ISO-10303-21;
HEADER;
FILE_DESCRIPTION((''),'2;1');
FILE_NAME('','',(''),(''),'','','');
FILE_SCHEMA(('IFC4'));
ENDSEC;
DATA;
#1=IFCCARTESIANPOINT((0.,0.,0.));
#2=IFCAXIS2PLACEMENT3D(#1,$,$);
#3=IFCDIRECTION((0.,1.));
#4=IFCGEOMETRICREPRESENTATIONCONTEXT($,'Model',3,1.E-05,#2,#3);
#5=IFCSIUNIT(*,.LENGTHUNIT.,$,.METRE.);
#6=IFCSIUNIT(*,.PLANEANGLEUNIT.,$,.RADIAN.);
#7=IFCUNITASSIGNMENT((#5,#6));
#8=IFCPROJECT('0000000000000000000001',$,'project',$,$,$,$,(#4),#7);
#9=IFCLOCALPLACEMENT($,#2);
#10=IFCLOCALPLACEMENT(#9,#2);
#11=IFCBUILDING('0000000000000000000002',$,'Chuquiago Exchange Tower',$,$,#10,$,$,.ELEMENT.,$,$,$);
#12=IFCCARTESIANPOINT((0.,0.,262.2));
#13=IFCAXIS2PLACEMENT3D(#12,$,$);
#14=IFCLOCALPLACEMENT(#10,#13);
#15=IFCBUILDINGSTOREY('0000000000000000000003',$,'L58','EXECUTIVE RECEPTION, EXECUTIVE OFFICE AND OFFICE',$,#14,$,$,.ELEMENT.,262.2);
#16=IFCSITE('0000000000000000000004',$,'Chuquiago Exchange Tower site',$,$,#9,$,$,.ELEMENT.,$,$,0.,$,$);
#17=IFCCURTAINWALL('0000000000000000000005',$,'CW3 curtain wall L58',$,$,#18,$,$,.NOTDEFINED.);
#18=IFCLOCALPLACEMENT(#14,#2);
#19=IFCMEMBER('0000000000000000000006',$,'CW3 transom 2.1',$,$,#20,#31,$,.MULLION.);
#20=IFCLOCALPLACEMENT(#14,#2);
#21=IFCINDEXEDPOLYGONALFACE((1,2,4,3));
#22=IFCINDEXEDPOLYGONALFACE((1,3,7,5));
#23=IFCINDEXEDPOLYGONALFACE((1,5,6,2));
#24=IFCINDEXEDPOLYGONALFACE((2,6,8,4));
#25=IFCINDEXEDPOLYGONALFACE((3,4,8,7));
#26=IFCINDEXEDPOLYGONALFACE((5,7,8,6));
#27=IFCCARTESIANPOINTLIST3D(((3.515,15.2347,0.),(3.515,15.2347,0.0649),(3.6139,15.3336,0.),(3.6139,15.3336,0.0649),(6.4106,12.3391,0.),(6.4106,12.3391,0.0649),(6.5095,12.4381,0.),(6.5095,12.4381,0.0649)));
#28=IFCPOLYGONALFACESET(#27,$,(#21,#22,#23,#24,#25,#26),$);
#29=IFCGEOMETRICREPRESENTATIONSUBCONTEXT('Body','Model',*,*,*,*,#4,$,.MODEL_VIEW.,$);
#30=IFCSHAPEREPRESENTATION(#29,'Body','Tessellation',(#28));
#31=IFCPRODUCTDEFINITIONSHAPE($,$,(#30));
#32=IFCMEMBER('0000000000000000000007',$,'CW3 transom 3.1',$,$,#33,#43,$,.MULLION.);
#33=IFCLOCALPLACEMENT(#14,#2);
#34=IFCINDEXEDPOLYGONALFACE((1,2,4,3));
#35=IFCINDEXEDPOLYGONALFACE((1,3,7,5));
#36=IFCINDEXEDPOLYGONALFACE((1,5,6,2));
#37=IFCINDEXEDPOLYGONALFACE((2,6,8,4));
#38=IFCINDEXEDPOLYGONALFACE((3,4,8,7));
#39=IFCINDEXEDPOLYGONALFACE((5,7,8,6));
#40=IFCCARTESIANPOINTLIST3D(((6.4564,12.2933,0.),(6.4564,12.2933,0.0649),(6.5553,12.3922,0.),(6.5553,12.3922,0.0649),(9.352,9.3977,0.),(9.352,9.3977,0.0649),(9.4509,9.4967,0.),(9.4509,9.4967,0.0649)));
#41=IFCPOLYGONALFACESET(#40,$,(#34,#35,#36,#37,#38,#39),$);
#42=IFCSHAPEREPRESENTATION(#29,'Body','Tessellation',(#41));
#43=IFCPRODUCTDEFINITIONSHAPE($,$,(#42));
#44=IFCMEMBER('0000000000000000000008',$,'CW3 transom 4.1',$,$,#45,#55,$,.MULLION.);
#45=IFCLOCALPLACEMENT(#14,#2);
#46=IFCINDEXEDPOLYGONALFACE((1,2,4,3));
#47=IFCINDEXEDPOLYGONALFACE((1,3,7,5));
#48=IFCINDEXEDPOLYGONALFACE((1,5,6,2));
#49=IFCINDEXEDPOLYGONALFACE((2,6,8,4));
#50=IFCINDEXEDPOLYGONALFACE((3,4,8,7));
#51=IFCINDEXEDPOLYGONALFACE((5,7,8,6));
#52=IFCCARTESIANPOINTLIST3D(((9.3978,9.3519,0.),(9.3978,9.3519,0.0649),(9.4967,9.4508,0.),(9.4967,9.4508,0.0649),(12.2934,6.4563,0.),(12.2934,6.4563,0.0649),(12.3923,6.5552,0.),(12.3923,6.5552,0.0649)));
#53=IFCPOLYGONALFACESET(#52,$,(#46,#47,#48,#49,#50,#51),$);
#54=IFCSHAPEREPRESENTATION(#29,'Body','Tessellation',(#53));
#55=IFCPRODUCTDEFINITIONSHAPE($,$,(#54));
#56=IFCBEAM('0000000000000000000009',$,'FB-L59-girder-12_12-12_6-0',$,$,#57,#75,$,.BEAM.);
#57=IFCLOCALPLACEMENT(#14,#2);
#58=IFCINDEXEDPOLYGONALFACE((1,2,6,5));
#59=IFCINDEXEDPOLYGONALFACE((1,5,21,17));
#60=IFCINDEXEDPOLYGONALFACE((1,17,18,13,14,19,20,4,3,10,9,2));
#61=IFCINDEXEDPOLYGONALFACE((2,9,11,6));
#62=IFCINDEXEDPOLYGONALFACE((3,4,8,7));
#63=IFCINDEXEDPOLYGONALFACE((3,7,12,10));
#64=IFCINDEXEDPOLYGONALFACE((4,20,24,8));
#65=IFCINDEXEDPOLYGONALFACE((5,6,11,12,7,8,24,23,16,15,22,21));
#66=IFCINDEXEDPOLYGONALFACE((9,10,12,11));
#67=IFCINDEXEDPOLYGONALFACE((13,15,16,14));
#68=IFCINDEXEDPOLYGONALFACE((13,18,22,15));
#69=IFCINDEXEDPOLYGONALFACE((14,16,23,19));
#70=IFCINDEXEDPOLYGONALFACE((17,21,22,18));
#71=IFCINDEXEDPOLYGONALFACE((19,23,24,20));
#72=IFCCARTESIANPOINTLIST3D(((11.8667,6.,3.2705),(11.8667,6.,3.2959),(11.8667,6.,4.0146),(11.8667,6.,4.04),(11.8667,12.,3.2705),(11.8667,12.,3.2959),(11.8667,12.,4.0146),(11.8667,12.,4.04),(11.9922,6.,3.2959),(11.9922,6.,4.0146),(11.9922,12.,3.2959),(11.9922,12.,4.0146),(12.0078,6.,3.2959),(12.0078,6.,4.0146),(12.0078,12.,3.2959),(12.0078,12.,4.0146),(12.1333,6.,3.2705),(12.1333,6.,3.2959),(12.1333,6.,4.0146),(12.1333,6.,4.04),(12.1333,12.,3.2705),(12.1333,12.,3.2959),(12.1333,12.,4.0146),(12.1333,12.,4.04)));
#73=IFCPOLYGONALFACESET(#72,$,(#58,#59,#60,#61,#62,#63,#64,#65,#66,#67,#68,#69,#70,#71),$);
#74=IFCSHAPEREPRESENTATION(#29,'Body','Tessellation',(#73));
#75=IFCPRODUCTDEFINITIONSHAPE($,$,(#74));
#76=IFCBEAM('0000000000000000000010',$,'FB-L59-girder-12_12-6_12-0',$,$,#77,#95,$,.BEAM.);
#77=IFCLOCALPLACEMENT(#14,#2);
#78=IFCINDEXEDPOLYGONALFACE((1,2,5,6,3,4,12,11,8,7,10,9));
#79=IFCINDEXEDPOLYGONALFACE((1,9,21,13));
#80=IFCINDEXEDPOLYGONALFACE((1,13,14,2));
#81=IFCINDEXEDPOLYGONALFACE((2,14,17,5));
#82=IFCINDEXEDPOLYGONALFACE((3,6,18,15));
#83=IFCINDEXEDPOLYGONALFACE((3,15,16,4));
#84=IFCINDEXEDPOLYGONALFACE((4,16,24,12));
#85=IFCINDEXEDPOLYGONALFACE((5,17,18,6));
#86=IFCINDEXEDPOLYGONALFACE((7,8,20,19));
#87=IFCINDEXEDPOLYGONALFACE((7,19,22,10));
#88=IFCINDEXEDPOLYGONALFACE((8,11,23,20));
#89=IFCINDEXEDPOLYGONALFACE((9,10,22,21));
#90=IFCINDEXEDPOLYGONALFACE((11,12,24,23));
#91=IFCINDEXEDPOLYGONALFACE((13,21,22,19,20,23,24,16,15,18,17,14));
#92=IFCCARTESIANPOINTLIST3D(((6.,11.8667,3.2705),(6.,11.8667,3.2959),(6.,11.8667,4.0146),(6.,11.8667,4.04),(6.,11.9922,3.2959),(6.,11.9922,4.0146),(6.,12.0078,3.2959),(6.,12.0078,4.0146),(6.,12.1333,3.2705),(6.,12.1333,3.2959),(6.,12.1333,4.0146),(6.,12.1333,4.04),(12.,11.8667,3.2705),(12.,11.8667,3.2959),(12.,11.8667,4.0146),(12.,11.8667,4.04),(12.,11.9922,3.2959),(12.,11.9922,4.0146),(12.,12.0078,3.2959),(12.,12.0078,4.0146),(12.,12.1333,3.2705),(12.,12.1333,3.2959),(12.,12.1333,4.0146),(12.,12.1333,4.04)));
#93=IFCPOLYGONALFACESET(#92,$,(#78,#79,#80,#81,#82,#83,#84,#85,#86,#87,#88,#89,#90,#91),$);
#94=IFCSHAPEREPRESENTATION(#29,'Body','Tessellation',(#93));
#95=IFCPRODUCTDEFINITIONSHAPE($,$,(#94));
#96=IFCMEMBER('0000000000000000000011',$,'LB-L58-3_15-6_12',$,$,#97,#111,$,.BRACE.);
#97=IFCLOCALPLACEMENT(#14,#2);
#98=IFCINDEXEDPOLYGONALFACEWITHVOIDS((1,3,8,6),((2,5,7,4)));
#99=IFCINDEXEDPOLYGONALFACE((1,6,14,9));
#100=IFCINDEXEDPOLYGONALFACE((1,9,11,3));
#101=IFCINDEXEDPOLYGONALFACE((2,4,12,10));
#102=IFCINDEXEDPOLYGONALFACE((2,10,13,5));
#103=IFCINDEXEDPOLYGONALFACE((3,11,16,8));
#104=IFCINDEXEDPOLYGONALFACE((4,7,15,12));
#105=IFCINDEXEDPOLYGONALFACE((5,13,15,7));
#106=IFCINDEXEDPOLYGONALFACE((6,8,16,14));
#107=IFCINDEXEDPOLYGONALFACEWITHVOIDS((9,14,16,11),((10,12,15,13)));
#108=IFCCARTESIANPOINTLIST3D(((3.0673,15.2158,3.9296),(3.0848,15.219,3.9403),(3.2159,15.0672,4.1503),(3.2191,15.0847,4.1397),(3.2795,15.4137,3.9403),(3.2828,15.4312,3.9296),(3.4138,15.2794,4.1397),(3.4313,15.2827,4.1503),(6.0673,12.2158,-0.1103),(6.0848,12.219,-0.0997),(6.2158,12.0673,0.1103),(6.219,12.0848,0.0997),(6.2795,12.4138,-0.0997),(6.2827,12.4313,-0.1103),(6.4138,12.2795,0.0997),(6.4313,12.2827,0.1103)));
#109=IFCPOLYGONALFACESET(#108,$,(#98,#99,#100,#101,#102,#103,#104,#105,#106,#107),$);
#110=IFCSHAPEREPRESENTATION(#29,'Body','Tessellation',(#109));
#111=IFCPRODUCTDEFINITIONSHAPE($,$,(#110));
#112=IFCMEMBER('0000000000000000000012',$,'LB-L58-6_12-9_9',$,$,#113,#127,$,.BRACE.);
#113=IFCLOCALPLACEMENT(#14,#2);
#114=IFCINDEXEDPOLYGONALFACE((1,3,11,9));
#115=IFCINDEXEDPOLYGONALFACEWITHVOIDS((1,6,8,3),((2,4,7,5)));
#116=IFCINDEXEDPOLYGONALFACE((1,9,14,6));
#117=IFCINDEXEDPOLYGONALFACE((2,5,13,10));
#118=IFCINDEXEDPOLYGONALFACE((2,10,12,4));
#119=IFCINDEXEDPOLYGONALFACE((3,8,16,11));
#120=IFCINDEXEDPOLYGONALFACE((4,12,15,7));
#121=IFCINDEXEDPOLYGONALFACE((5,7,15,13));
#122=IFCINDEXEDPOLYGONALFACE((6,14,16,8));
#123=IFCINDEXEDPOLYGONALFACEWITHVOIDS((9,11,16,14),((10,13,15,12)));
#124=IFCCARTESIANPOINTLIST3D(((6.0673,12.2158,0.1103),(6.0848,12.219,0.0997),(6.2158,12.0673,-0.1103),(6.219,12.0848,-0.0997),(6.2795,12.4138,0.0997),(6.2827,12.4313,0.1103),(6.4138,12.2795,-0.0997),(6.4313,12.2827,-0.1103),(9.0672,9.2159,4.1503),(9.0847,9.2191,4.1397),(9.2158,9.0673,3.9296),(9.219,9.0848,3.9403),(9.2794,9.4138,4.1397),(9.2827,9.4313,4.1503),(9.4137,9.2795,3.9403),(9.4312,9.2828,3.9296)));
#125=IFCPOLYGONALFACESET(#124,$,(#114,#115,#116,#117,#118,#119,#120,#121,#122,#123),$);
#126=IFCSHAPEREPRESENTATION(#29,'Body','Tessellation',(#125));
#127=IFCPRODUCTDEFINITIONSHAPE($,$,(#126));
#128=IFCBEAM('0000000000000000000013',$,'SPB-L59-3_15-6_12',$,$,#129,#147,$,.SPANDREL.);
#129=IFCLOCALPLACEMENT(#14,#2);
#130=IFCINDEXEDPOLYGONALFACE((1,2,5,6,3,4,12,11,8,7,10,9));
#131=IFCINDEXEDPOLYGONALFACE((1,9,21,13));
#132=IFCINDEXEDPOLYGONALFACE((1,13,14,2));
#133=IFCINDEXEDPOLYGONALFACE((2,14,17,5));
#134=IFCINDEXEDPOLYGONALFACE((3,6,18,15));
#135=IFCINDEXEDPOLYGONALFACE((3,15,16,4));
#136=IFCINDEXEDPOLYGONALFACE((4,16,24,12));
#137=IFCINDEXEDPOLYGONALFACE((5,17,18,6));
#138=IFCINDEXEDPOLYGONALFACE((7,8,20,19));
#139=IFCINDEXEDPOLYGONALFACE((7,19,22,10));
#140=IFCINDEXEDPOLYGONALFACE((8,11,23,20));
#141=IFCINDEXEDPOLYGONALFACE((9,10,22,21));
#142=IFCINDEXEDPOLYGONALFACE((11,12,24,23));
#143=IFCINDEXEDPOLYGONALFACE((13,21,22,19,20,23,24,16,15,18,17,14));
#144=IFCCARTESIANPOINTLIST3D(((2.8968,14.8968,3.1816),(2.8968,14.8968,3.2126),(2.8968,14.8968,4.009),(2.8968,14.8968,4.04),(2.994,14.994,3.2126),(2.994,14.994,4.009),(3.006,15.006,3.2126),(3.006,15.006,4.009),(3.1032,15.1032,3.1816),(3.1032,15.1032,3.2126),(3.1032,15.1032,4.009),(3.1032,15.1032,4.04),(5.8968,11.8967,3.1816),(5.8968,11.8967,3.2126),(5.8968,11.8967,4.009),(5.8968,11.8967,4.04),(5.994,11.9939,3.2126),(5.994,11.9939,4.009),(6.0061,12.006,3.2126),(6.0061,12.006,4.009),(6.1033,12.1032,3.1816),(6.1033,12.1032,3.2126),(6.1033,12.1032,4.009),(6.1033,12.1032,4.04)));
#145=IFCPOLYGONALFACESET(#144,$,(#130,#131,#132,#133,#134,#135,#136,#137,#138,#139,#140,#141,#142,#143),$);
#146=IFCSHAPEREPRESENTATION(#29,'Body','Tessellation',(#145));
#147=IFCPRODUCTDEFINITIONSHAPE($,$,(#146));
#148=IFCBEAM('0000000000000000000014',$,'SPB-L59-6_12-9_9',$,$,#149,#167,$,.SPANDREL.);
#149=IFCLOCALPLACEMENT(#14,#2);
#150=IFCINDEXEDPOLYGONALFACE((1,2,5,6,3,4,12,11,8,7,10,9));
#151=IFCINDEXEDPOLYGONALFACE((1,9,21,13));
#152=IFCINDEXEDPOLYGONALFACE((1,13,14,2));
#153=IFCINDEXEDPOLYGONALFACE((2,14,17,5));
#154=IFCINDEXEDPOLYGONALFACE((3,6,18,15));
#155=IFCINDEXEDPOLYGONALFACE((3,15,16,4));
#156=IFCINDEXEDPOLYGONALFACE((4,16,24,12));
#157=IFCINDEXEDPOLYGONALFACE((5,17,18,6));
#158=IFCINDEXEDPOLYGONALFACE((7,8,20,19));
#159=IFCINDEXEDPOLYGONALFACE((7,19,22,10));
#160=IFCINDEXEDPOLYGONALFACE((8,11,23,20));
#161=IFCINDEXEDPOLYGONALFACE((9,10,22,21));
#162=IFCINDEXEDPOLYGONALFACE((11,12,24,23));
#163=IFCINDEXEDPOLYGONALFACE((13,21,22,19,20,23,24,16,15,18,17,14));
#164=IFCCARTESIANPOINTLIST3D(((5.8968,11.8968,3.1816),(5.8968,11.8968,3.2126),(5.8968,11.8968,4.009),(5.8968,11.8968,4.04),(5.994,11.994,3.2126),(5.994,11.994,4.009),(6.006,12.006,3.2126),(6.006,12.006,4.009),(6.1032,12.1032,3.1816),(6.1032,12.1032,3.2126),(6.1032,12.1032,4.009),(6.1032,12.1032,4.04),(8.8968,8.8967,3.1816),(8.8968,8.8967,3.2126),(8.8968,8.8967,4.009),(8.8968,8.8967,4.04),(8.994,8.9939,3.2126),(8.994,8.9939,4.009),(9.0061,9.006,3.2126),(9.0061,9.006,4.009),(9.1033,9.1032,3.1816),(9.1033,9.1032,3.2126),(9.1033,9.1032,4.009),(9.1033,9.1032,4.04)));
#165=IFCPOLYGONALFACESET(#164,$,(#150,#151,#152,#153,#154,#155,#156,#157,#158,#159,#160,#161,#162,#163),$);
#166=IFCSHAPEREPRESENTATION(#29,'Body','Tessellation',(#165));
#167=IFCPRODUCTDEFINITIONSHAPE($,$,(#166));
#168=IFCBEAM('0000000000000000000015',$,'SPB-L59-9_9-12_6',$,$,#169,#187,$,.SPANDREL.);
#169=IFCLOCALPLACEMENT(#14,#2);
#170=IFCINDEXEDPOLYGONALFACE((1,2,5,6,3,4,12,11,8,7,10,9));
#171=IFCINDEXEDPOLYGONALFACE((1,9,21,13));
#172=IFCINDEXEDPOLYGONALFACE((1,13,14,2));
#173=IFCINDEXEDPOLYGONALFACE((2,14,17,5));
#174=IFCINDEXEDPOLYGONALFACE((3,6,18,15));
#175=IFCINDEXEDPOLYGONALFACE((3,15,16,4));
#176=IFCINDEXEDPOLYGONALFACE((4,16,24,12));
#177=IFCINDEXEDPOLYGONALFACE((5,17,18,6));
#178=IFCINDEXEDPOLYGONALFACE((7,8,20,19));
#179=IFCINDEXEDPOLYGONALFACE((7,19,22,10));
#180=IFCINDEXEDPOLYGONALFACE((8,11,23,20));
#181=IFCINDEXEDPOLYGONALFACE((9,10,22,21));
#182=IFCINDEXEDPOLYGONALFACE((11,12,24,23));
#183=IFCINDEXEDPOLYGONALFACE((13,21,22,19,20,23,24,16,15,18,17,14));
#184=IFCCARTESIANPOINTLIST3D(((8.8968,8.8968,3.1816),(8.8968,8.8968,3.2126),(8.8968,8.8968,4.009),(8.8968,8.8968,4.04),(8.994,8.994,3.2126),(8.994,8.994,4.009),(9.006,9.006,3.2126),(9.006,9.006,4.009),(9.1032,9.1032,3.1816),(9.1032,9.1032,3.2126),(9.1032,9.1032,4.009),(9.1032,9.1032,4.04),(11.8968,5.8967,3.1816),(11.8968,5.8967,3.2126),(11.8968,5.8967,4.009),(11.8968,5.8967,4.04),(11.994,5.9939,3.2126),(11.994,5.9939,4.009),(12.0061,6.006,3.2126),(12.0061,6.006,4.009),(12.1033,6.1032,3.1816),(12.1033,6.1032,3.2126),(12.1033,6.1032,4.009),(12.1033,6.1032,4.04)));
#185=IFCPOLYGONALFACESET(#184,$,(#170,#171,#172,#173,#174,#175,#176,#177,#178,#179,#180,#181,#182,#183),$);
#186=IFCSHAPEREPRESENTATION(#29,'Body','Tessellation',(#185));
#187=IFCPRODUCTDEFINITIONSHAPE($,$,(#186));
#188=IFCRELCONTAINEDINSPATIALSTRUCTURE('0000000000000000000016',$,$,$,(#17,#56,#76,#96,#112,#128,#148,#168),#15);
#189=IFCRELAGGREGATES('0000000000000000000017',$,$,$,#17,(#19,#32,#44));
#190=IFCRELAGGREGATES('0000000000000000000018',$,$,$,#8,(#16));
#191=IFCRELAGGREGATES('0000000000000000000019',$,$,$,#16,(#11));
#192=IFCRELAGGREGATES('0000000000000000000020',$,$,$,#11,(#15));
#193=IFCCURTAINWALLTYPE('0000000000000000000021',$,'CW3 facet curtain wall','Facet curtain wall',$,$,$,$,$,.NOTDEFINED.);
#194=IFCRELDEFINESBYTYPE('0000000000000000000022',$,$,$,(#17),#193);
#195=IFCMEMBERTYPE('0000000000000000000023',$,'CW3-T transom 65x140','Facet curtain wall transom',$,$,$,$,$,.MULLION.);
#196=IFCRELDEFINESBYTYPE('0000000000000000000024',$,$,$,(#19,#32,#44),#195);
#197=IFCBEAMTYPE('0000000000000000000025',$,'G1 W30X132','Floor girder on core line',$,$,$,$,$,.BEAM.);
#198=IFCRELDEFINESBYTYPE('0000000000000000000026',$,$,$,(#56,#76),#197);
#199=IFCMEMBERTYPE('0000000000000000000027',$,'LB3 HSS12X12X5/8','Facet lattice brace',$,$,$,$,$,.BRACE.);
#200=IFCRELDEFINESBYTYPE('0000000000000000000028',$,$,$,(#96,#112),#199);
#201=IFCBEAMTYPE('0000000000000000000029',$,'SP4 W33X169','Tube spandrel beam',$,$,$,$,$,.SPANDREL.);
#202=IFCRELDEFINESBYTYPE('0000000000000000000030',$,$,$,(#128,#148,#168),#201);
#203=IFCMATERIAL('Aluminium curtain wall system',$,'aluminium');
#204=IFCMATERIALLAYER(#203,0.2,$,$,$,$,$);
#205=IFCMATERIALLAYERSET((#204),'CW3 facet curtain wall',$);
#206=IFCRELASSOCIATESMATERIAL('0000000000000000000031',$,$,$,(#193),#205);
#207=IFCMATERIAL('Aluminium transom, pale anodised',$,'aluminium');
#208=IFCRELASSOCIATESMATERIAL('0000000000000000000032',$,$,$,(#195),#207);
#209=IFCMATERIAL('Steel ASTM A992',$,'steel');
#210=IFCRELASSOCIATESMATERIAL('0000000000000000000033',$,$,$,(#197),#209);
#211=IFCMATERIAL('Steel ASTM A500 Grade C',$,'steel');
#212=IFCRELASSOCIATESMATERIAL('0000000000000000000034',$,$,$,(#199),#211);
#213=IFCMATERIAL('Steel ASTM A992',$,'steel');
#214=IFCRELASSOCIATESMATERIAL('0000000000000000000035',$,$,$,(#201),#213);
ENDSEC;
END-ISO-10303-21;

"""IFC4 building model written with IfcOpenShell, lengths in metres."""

from ifc_helpers import new_model, si_unit, direction, frame, origin, origin_2d, place, context, subcontext, project, spatial, rectangle, hollow_rectangle, i_section, extrude, material, layer, layer_set, material_profile, profile_set, type_object, element, aggregate, save


model = new_model("IFC4")

# Units and contexts
model_context = context("Model", 3, precision=1e-05, world=origin(), true_north=direction((0.0, 1.0)))
body_context = subcontext(model_context, "Body", "Model", "MODEL_VIEW")
ifc_project = project(units=[si_unit("LENGTHUNIT", "METRE"), si_unit("PLANEANGLEUNIT", "RADIAN")], contexts=[model_context])

# Site, building, storey
site_placement = place(None, origin())
site = spatial("IfcSite", under=ifc_project, at=site_placement, Name="Chuquiago Exchange Tower site", CompositionType="ELEMENT", RefElevation=0.0)
building_placement = place(site_placement, origin())
building = spatial("IfcBuilding", under=site, at=building_placement, Name="Chuquiago Exchange Tower", CompositionType="ELEMENT")
storey_placement = place(building_placement, frame((0.0, 0.0, 262.2)))
storey = spatial("IfcBuildingStorey", under=building, at=storey_placement, Name="L58", Description="EXECUTIVE RECEPTION, EXECUTIVE OFFICE AND OFFICE", CompositionType="ELEMENT", Elevation=262.2)

# Curtain wall, members
ifc_material_1 = material(Name="Aluminium curtain wall system", Category="aluminium")
ifc_layer_1 = layer(ifc_material_1, 0.2)
ifc_layer_set_1 = layer_set([ifc_layer_1], Name="CW3 facet curtain wall")
curtain_wall_type = type_object("IfcCurtainWallType", Name="CW3 facet curtain wall", Description="Facet curtain wall", PredefinedType="NOTDEFINED", material=ifc_layer_set_1)
curtain_wall_placement = place(storey_placement, origin())
curtain_wall = element("IfcCurtainWall", 1, at=curtain_wall_placement, inside=storey, type_object=curtain_wall_type, Name="CW3 curtain wall L58", PredefinedType="NOTDEFINED")
ifc_material_2 = material(Name="Aluminium transom, pale anodised", Category="aluminium")
ifc_material_profile_1 = material_profile(ifc_material_2, rectangle(XDim=0.1399, YDim=0.0649, at=origin_2d()), Name="AL 140x65")
ifc_profile_set_1 = profile_set([ifc_material_profile_1], Name="Aluminium transom, pale anodised")
member_type_1 = type_object("IfcMemberType", Name="CW3-T transom 65x140", Description="Facet curtain wall transom", PredefinedType="MULLION", material=ifc_profile_set_1)
member_1_placement = place(storey_placement, frame((3.5645, 15.2842, 0.0325), z_axis=(0.707107, -0.707107, 0.0), x_axis=(0.707107, 0.707107, 0.0)))
member_1 = element("IfcMember", 2, at=member_1_placement, type_object=member_type_1, Name="CW3 transom 2.1", PredefinedType="MULLION", context=body_context, shape_type="SweptSolid", body=[
    extrude(rectangle(XDim=0.1399, YDim=0.0649, at=origin_2d()), origin(), (0.0, 0.0, 1.0), 4.095),
])
member_2_placement = place(storey_placement, frame((6.5059, 12.3428, 0.0325), z_axis=(0.707107, -0.707107, 0.0), x_axis=(0.707107, 0.707107, 0.0)))
member_2 = element("IfcMember", 3, at=member_2_placement, type_object=member_type_1, Name="CW3 transom 3.1", PredefinedType="MULLION", context=body_context, shape_type="SweptSolid", body=[
    extrude(rectangle(XDim=0.1399, YDim=0.0649, at=origin_2d()), origin(), (0.0, 0.0, 1.0), 4.095),
])
member_3_placement = place(storey_placement, frame((9.4473, 9.4014, 0.0325), z_axis=(0.707107, -0.707107, 0.0), x_axis=(0.707107, 0.707107, 0.0)))
member_3 = element("IfcMember", 4, at=member_3_placement, type_object=member_type_1, Name="CW3 transom 4.1", PredefinedType="MULLION", context=body_context, shape_type="SweptSolid", body=[
    extrude(rectangle(XDim=0.1399, YDim=0.0649, at=origin_2d()), origin(), (0.0, 0.0, 1.0), 4.095),
])

# Beams
ifc_material_3 = material(Name="Steel ASTM A992", Category="steel")
ifc_material_profile_2 = material_profile(ifc_material_3, i_section(OverallWidth=0.2666, OverallDepth=0.7695, WebThickness=0.0156, FlangeThickness=0.0254, at=origin_2d()), Name="W30X132")
ifc_profile_set_2 = profile_set([ifc_material_profile_2], Name="Steel ASTM A992")
beam_type_1 = type_object("IfcBeamType", Name="G1 W30X132", Description="Floor girder on core line", PredefinedType="BEAM", material=ifc_profile_set_2)
for number, where, z_axis, x_axis, name in (
    (5, (12.0, 12.0, 3.6553), (0.0, -1.0, 0.0), (1.0, 0.0, 0.0), "FB-L59-girder-12_12-12_6-0"),
    (6, (12.0, 12.0, 3.6553), (-1.0, 0.0, 0.0), (0.0, -1.0, 0.0), "FB-L59-girder-12_12-6_12-0"),
):
    element("IfcBeam", number, at=place(storey_placement, frame(where, z_axis=z_axis, x_axis=x_axis)), inside=storey, type_object=beam_type_1, Name=name, PredefinedType="BEAM", context=body_context, shape_type="SweptSolid", body=[
        extrude(i_section(OverallWidth=0.2666, OverallDepth=0.7695, WebThickness=0.0156, FlangeThickness=0.0254, at=origin_2d()), origin(), (0.0, 0.0, 1.0), 6.0),
    ])

# Members
ifc_material_4 = material(Name="Steel ASTM A500 Grade C", Category="steel")
ifc_material_profile_3 = material_profile(ifc_material_4, hollow_rectangle(XDim=0.3047, YDim=0.3047, WallThickness=0.0146, at=origin_2d()), Name="HSS12X12X5/8")
ifc_profile_set_3 = profile_set([ifc_material_profile_3], Name="Steel ASTM A500 Grade C")
member_type_2 = type_object("IfcMemberType", Name="LB3 HSS12X12X5/8", Description="Facet lattice brace", PredefinedType="BRACE", material=ifc_profile_set_3)
for number, where, z_axis, x_axis, name in (
    (7, (6.2493, 12.2493, 0.0), (-0.512077, 0.512077, 0.689604), (-0.707107, -0.707107, 0.0), "LB-L58-3_15-6_12"),
    (8, (6.2493, 12.2493, 0.0), (0.512077, -0.512077, 0.689604), (0.707107, 0.707107, 0.0), "LB-L58-6_12-9_9"),
):
    element("IfcMember", number, at=place(storey_placement, frame(where, z_axis=z_axis, x_axis=x_axis)), inside=storey, type_object=member_type_2, Name=name, PredefinedType="BRACE", context=body_context, shape_type="SweptSolid", body=[
        extrude(hollow_rectangle(XDim=0.3047, YDim=0.3047, WallThickness=0.0146, at=origin_2d()), origin(), (0.0, 0.0, 1.0), 5.8584),
    ])

# Beams
ifc_material_5 = material(Name="Steel ASTM A992", Category="steel")
ifc_material_profile_4 = material_profile(ifc_material_5, i_section(OverallWidth=0.292, OverallDepth=0.8584, WebThickness=0.0171, FlangeThickness=0.031, at=origin_2d()), Name="W33X169")
ifc_profile_set_4 = profile_set([ifc_material_profile_4], Name="Steel ASTM A992")
beam_type_2 = type_object("IfcBeamType", Name="SP4 W33X169", Description="Tube spandrel beam", PredefinedType="SPANDREL", material=ifc_profile_set_4)
for number, where, z_axis, x_axis, name in (
    (9, (3.0, 15.0, 3.6108), (0.707107, -0.707107, 0.0), (0.707107, 0.707107, 0.0), "SPB-L59-3_15-6_12"),
    (10, (6.0, 12.0, 3.6108), (0.707107, -0.707107, 0.0), (0.707107, 0.707107, 0.0), "SPB-L59-6_12-9_9"),
    (11, (9.0, 9.0, 3.6108), (0.707107, -0.707107, 0.0), (0.707107, 0.707107, 0.0), "SPB-L59-9_9-12_6"),
):
    element("IfcBeam", number, at=place(storey_placement, frame(where, z_axis=z_axis, x_axis=x_axis)), inside=storey, type_object=beam_type_2, Name=name, PredefinedType="SPANDREL", context=body_context, shape_type="SweptSolid", body=[
        extrude(i_section(OverallWidth=0.292, OverallDepth=0.8584, WebThickness=0.0171, FlangeThickness=0.031, at=origin_2d()), origin(), (0.0, 0.0, 1.0), 4.2427),
    ])

aggregate(curtain_wall, [member_1, member_2, member_3])

save(model, "model.ifc")
